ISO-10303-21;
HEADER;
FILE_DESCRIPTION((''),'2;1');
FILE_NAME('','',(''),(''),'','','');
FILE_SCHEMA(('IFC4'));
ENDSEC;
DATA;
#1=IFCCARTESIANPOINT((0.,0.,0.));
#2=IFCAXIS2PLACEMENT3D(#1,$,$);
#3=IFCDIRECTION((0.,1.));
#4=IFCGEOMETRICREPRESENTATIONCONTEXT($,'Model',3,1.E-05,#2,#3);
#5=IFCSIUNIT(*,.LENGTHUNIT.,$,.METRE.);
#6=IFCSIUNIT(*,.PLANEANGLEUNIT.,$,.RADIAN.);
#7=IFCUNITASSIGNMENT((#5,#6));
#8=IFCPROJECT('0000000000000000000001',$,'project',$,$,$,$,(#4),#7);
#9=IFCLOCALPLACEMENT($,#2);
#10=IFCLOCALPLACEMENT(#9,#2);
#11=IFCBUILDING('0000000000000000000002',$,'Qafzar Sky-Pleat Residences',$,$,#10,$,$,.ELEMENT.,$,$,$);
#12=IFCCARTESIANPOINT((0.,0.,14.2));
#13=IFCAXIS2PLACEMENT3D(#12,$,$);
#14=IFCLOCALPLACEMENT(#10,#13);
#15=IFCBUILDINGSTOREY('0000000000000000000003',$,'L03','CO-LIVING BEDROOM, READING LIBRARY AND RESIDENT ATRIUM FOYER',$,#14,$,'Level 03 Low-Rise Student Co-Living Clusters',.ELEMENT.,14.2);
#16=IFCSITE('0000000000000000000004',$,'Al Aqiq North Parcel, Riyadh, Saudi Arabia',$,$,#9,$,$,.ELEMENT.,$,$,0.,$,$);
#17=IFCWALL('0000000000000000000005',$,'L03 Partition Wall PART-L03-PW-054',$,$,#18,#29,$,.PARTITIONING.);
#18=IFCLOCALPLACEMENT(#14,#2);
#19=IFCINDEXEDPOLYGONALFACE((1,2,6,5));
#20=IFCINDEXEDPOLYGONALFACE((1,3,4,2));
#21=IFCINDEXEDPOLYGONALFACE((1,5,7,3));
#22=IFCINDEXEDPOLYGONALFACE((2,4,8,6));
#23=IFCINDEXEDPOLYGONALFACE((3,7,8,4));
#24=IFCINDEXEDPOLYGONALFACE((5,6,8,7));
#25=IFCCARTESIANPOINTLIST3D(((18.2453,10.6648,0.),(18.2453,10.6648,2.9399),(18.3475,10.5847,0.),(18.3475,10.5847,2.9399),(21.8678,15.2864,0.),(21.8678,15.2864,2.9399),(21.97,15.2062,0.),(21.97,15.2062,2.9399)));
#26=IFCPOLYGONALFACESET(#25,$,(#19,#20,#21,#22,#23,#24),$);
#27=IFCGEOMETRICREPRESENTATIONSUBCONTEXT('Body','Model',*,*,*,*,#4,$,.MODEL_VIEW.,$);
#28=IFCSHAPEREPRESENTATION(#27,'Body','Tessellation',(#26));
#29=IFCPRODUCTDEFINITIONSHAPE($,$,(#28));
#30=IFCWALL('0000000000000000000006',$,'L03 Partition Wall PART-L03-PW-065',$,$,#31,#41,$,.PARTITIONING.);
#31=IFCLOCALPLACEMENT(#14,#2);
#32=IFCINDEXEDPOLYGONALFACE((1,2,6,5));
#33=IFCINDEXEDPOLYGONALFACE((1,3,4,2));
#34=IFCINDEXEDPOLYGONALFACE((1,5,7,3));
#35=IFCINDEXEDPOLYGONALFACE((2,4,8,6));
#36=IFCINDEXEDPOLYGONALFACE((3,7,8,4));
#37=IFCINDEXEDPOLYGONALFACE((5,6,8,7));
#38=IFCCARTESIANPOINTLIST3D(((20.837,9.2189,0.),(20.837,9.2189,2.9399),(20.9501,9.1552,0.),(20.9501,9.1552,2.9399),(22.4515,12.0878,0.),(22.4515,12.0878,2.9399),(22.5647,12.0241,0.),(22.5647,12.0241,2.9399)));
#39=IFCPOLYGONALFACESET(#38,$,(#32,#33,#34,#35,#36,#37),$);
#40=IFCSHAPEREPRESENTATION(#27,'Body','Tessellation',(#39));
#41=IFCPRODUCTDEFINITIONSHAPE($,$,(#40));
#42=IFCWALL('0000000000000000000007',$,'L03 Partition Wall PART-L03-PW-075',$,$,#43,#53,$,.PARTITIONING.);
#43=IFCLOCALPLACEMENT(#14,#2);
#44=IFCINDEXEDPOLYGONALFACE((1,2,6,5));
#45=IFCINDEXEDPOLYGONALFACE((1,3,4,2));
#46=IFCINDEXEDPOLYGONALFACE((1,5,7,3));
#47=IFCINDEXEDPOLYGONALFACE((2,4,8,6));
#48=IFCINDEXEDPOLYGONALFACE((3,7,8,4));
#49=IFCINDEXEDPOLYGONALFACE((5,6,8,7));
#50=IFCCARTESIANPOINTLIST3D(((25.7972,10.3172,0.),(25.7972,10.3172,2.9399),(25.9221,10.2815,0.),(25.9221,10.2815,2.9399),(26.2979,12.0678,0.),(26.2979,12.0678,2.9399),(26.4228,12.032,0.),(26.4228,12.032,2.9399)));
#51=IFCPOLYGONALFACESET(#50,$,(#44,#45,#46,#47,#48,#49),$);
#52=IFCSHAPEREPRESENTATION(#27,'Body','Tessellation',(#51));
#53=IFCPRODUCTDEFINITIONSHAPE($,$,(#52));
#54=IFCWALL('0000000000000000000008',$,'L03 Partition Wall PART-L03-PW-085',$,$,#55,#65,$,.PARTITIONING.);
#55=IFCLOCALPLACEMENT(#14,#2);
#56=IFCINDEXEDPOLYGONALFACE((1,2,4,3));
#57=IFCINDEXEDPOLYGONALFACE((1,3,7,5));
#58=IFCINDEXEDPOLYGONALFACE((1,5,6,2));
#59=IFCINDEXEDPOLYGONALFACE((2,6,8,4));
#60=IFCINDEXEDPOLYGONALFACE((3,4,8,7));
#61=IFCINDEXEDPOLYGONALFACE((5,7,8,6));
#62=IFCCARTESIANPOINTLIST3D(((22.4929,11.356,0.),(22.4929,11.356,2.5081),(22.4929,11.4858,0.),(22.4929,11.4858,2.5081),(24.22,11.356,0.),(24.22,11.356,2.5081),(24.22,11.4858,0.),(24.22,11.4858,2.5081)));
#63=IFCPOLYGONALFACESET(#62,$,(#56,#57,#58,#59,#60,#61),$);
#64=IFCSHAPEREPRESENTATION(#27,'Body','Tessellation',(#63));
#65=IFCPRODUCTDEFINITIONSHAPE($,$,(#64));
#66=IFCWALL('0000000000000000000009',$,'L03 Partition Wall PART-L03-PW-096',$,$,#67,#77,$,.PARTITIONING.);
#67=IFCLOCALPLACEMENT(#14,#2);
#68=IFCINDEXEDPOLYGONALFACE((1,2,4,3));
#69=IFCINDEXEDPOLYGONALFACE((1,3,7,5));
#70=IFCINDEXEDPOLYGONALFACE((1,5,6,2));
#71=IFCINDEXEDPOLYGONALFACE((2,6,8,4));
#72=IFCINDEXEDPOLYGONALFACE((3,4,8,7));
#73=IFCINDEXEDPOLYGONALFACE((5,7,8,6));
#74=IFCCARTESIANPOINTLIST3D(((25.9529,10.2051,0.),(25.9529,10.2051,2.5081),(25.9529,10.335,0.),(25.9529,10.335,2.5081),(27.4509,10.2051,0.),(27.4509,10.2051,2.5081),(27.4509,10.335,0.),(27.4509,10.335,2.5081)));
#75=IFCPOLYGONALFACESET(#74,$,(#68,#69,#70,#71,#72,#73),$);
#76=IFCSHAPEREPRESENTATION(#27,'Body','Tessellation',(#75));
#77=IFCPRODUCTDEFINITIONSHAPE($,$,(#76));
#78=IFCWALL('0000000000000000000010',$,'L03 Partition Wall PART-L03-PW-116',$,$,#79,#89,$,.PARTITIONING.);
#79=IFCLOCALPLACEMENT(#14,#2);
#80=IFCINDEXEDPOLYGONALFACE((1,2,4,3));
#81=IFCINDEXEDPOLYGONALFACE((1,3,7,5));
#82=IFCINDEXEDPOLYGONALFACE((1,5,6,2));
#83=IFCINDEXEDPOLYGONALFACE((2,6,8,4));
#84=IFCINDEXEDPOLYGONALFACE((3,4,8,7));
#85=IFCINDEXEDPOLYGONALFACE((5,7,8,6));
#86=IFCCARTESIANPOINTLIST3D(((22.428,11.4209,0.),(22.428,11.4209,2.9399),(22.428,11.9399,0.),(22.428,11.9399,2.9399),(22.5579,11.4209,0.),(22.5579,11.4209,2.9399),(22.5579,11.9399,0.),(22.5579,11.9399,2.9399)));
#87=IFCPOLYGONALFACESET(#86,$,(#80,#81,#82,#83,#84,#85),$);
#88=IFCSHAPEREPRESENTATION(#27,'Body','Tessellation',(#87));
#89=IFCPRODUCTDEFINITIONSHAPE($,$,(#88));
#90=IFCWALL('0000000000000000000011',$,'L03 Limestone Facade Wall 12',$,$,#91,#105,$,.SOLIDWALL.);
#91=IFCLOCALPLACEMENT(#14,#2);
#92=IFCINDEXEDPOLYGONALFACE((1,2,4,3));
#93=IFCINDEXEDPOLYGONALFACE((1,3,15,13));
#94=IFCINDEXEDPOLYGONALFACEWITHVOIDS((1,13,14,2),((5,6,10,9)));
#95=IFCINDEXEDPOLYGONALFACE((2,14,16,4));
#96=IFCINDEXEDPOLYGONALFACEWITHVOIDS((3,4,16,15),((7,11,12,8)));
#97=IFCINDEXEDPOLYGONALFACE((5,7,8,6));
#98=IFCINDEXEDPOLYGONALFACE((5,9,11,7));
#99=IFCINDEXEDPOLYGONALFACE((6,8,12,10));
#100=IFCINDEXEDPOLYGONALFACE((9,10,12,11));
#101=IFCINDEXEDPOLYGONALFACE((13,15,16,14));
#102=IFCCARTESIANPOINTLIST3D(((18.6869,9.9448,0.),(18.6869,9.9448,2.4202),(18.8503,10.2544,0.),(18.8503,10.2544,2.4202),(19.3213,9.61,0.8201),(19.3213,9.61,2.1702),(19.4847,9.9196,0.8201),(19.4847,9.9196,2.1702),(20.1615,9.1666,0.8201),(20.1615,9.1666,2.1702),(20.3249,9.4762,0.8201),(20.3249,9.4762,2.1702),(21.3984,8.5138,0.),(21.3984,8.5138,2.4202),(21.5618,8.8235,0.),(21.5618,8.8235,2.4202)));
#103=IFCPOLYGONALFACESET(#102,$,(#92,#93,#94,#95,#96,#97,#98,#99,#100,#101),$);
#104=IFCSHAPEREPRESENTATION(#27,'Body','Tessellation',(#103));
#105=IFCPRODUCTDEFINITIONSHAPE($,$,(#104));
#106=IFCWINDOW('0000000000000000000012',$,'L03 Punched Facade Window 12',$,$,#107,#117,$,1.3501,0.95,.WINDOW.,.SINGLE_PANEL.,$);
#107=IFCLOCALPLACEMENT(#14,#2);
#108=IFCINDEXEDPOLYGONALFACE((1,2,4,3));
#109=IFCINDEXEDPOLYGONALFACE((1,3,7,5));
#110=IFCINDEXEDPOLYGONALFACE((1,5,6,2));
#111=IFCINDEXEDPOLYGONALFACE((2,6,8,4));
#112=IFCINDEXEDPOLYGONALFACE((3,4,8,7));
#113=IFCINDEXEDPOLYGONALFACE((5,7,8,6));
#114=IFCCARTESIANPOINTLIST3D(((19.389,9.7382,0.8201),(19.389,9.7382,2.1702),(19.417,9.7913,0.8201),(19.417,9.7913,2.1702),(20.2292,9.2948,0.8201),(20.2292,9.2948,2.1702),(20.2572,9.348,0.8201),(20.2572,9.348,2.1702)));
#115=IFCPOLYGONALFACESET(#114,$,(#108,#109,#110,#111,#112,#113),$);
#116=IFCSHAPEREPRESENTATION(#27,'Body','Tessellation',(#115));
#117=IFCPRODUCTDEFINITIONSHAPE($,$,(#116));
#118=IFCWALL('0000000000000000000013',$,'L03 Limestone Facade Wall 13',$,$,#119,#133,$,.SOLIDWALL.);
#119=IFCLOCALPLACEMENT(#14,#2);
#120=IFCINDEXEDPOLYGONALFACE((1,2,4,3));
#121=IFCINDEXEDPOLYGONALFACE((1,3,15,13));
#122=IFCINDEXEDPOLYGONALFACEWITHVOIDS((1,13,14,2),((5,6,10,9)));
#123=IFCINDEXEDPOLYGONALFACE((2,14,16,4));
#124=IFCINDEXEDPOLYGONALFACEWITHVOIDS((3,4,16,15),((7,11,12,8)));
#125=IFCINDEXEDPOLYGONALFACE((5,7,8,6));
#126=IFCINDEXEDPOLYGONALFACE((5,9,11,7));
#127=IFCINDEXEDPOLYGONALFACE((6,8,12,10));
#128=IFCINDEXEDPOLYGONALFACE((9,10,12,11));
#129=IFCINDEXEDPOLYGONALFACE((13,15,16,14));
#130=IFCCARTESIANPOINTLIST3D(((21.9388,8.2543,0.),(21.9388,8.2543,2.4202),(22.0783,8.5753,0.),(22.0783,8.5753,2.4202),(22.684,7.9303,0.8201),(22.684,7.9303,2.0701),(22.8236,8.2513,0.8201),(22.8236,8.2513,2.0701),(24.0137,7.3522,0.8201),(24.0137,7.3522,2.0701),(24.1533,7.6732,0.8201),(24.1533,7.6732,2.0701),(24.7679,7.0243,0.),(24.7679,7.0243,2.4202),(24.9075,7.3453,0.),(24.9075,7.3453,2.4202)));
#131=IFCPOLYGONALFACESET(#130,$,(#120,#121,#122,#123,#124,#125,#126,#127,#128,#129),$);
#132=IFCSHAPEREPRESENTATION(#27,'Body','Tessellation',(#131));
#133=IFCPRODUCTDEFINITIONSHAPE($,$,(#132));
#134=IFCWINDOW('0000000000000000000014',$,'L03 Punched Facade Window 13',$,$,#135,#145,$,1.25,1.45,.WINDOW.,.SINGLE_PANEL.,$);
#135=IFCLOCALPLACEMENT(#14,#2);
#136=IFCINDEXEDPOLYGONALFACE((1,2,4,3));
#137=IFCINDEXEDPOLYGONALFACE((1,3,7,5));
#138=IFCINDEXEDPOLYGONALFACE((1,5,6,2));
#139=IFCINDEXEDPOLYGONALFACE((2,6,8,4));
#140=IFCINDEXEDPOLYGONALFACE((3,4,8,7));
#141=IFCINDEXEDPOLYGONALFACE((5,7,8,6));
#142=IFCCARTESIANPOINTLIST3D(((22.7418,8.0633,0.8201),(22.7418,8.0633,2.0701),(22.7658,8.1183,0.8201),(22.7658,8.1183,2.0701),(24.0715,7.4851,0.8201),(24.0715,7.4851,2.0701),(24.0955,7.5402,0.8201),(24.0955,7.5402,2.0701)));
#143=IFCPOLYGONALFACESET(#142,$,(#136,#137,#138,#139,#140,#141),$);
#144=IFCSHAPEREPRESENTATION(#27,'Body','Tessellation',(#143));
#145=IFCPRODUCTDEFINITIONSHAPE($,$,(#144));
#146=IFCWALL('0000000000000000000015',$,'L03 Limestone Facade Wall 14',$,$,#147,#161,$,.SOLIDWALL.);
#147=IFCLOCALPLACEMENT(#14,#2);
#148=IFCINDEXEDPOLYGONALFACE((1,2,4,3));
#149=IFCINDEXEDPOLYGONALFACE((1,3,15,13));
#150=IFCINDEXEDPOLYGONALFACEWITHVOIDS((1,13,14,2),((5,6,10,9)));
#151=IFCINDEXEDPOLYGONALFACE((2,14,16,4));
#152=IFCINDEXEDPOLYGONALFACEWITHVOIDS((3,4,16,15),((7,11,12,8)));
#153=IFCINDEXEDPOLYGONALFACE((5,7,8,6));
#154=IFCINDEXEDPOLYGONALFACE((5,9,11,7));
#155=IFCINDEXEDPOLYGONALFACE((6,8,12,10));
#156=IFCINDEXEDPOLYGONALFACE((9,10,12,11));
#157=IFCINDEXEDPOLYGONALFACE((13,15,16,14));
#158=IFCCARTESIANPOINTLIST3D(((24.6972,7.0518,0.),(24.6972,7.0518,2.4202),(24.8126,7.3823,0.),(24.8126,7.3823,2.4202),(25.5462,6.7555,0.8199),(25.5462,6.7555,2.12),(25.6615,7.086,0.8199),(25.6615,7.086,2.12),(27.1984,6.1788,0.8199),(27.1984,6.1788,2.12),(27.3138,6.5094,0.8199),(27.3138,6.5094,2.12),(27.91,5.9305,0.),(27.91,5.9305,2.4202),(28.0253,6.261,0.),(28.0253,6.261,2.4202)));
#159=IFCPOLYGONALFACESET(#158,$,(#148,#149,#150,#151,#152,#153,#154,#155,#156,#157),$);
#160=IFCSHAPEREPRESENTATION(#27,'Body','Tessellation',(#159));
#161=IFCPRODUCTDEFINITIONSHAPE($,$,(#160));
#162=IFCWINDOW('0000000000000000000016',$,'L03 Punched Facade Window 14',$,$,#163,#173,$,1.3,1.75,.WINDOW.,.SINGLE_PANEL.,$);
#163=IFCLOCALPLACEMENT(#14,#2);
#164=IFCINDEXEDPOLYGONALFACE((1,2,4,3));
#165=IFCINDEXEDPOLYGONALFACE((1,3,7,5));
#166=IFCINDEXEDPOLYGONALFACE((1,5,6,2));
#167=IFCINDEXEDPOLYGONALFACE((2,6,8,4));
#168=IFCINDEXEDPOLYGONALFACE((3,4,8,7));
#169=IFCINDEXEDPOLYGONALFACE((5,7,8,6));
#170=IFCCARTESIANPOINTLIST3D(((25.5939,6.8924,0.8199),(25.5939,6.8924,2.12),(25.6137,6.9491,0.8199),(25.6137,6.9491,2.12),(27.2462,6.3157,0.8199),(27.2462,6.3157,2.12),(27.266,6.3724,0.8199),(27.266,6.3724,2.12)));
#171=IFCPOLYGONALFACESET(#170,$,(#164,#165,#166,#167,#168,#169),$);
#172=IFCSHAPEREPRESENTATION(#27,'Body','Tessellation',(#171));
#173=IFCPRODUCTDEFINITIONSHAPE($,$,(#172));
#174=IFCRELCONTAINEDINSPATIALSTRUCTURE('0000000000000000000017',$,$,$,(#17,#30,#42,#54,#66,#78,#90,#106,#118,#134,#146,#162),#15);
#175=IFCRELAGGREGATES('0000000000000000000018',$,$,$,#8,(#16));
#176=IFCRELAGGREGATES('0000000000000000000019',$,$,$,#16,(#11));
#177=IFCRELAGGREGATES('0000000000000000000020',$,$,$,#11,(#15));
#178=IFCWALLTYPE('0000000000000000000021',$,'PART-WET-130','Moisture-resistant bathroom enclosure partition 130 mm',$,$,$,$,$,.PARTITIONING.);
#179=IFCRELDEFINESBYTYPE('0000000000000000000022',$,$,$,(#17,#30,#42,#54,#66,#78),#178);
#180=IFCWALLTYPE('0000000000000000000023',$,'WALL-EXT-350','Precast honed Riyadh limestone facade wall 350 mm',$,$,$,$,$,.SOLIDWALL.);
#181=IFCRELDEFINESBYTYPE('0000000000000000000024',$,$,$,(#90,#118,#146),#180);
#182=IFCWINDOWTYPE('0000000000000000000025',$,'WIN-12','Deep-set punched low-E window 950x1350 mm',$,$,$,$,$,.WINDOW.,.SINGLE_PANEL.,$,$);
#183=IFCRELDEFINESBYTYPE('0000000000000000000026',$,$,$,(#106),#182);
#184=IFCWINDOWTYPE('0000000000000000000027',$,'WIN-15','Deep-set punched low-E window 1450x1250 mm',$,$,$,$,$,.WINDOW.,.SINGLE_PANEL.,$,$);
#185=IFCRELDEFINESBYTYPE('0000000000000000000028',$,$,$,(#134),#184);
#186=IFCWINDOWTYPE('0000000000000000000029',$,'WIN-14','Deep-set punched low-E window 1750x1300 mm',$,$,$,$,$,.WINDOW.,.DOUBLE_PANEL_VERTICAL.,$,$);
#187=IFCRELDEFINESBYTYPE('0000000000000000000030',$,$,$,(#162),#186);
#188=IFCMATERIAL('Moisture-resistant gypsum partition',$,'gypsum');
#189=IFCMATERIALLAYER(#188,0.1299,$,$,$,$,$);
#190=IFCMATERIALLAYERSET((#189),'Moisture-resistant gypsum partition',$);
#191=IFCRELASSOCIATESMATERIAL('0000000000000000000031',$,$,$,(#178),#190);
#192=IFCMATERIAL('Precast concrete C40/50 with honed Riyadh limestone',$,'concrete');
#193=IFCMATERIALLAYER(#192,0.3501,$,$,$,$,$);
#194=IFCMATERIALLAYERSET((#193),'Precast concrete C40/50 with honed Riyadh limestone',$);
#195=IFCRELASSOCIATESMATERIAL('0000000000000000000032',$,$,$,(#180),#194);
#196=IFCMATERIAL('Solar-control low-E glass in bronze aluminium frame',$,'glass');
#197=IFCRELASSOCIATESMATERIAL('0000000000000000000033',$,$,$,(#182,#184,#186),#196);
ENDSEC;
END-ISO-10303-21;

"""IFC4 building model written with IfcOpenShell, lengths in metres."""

from ifc_helpers import new_model, si_unit, direction, frame, frame_2d, origin, place, context, subcontext, project, spatial, rectangle, extrude, source, transform, mapped, material, layer, layer_set, type_object, element, fill, save


model = new_model("IFC4")

# Units and contexts
model_context = context("Model", 3, precision=1e-05, world=origin(), true_north=direction((0.0, 1.0)))
body_context = subcontext(model_context, "Body", "Model", "MODEL_VIEW")
ifc_project = project(units=[si_unit("LENGTHUNIT", "METRE"), si_unit("PLANEANGLEUNIT", "RADIAN")], contexts=[model_context])

# Site, building, storey
site_placement = place(None, origin())
site = spatial("IfcSite", under=ifc_project, at=site_placement, Name="Al Aqiq North Parcel, Riyadh, Saudi Arabia", CompositionType="ELEMENT", RefElevation=0.0)
building_placement = place(site_placement, origin())
building = spatial("IfcBuilding", under=site, at=building_placement, Name="Qafzar Sky-Pleat Residences", CompositionType="ELEMENT")
storey_placement = place(building_placement, frame((0.0, 0.0, 14.2)))
storey = spatial("IfcBuildingStorey", under=building, at=storey_placement, Name="L03", Description="CO-LIVING BEDROOM, READING LIBRARY AND RESIDENT ATRIUM FOYER", LongName="Level 03 Low-Rise Student Co-Living Clusters", CompositionType="ELEMENT", Elevation=14.2)

# Shared definitions
ifc_material_1 = material(Name="Moisture-resistant gypsum partition", Category="gypsum")
ifc_layer_1 = layer(ifc_material_1, 0.1299)
ifc_layer_set_1 = layer_set([ifc_layer_1], Name="Moisture-resistant gypsum partition")
wall_type_1 = type_object("IfcWallType", Name="PART-WET-130", Description="Moisture-resistant bathroom enclosure partition 130 mm", PredefinedType="PARTITIONING", material=ifc_layer_set_1)

# Walls
wall_1_placement = place(storey_placement, frame((18.2964, 10.6248, 0.0), z_axis=(0.0, 0.0, 1.0), x_axis=(0.616907, 0.787036, 0.0)))
element("IfcWall", 1, at=wall_1_placement, inside=storey, type_object=wall_type_1, Name="L03 Partition Wall PART-L03-PW-054", PredefinedType="PARTITIONING", context=body_context, shape_type="SweptSolid", body=[
    extrude(rectangle(XDim=5.8721, YDim=0.1299, at=frame_2d((2.936, 0.0))), origin(), (0.0, 0.0, 1.0), 2.9399),
])
wall_2_placement = place(storey_placement, frame((20.8936, 9.187, 0.0), z_axis=(0.0, 0.0, 1.0), x_axis=(0.490434, 0.871478, 0.0)))
element("IfcWall", 2, at=wall_2_placement, inside=storey, type_object=wall_type_1, Name="L03 Partition Wall PART-L03-PW-065", PredefinedType="PARTITIONING", context=body_context, shape_type="SweptSolid", body=[
    extrude(rectangle(XDim=3.292, YDim=0.1299, at=frame_2d((1.646, 0.0))), origin(), (0.0, 0.0, 1.0), 2.9399),
])
wall_3_placement = place(storey_placement, frame((25.8596, 10.2993, 0.0), z_axis=(0.0, 0.0, 1.0), x_axis=(0.275022, 0.961438, 0.0)))
element("IfcWall", 3, at=wall_3_placement, inside=storey, type_object=wall_type_1, Name="L03 Partition Wall PART-L03-PW-075", PredefinedType="PARTITIONING", context=body_context, shape_type="SweptSolid", body=[
    extrude(rectangle(XDim=1.8208, YDim=0.1299, at=frame_2d((0.9104, 0.0))), origin(), (0.0, 0.0, 1.0), 2.9399),
])
wall_4_placement = place(storey_placement, frame((22.4929, 11.4209, 0.0), z_axis=(0.0, 0.0, 1.0), x_axis=(1.0, 0.0, 0.0)))
element("IfcWall", 4, at=wall_4_placement, inside=storey, type_object=wall_type_1, Name="L03 Partition Wall PART-L03-PW-085", PredefinedType="PARTITIONING", context=body_context, shape_type="SweptSolid", body=[
    extrude(rectangle(XDim=1.7271, YDim=0.1299, at=frame_2d((0.8635, 0.0))), origin(), (0.0, 0.0, 1.0), 2.5081),
])
wall_5_placement = place(storey_placement, frame((25.9529, 10.27, 0.0), z_axis=(0.0, 0.0, 1.0), x_axis=(1.0, 0.0, 0.0)))
element("IfcWall", 5, at=wall_5_placement, inside=storey, type_object=wall_type_1, Name="L03 Partition Wall PART-L03-PW-096", PredefinedType="PARTITIONING", context=body_context, shape_type="SweptSolid", body=[
    extrude(rectangle(XDim=1.498, YDim=0.1299, at=frame_2d((0.749, 0.0))), origin(), (0.0, 0.0, 1.0), 2.5081),
])
wall_6_placement = place(storey_placement, frame((22.4929, 11.4209, 0.0), z_axis=(0.0, 0.0, 1.0), x_axis=(0.0, 1.0, 0.0)))
element("IfcWall", 6, at=wall_6_placement, inside=storey, type_object=wall_type_1, Name="L03 Partition Wall PART-L03-PW-116", PredefinedType="PARTITIONING", context=body_context, shape_type="SweptSolid", body=[
    extrude(rectangle(XDim=0.519, YDim=0.1299, at=frame_2d((0.2595, 0.0))), origin(), (0.0, 0.0, 1.0), 2.9399),
])

# Walls, openings, windows
ifc_material_2 = material(Name="Precast concrete C40/50 with honed Riyadh limestone", Category="concrete")
ifc_layer_2 = layer(ifc_material_2, 0.3501)
ifc_layer_set_2 = layer_set([ifc_layer_2], Name="Precast concrete C40/50 with honed Riyadh limestone")
wall_type_2 = type_object("IfcWallType", Name="WALL-EXT-350", Description="Precast honed Riyadh limestone facade wall 350 mm", PredefinedType="SOLIDWALL", material=ifc_layer_set_2)
wall_7_placement = place(storey_placement, frame((18.7686, 10.0996, 0.0), z_axis=(0.0, 0.0, 1.0), x_axis=(0.884401, -0.466727, 0.0)))
wall_7 = element("IfcWall", 7, at=wall_7_placement, inside=storey, type_object=wall_type_2, Name="L03 Limestone Facade Wall 12", PredefinedType="SOLIDWALL", context=body_context, shape_type="SweptSolid", body=[
    extrude(rectangle(XDim=3.0659, YDim=0.3501, at=frame_2d((1.533, 0.0))), origin(), (0.0, 0.0, 1.0), 2.4202),
])
opening_1_placement = place(wall_7_placement, frame((0.7173, 0.0, 0.8201)))
opening_1 = element("IfcOpeningElement", 8, at=opening_1_placement, cuts=wall_7, PredefinedType="OPENING", context=body_context, shape_type="SweptSolid", body=[
    extrude(rectangle(XDim=0.95, YDim=1.3501, at=frame_2d((0.4751, 0.675))), frame((0.0, 0.1851, 0.0), z_axis=(0.0, -1.0, 0.0), x_axis=(1.0, 0.0, 0.0)), (0.0, 0.0, 1.0), 0.3701),
])
ifc_material_3 = material(Name="Solar-control low-E glass in bronze aluminium frame", Category="glass")
window_type_1 = type_object("IfcWindowType", Name="WIN-12", Description="Deep-set punched low-E window 950x1350 mm", PartitioningType="SINGLE_PANEL", PredefinedType="WINDOW", material=ifc_material_3)
shared_shape_1 = source(origin(), body_context, "Body", "SweptSolid", [
    extrude(rectangle(XDim=0.95, YDim=1.3501, at=frame_2d((0.4751, 0.675))), frame((0.0, 0.03, 0.0), z_axis=(0.0, -1.0, 0.0), x_axis=(1.0, 0.0, 0.0)), (0.0, 0.0, 1.0), 0.0601),
])
window_1_placement = place(opening_1_placement, origin())
window_1 = element("IfcWindow", 9, at=window_1_placement, inside=storey, type_object=window_type_1, Name="L03 Punched Facade Window 12", OverallHeight=1.3501, OverallWidth=0.95, PartitioningType="SINGLE_PANEL", PredefinedType="WINDOW", context=body_context, shape_type="MappedRepresentation", body=[
    mapped(shared_shape_1, transform((0.0, 0.0, 0.0), x_axis=(1.0, 0.0, 0.0), y_axis=(0.0, 1.0, 0.0), z_axis=(0.0, 0.0, 1.0), scale=1.0)),
])
fill(opening_1, window_1)
wall_8_placement = place(storey_placement, frame((22.0085, 8.4148, 0.0), z_axis=(0.0, 0.0, 1.0), x_axis=(0.917078, -0.398709, 0.0)))
wall_8 = element("IfcWall", 10, at=wall_8_placement, inside=storey, type_object=wall_type_2, Name="L03 Limestone Facade Wall 13", PredefinedType="SOLIDWALL", context=body_context, shape_type="SweptSolid", body=[
    extrude(rectangle(XDim=3.085, YDim=0.3501, at=frame_2d((1.5425, 0.0))), origin(), (0.0, 0.0, 1.0), 2.4202),
])
opening_2_placement = place(wall_8_placement, frame((0.8125, 0.0, 0.8201)))
opening_2 = element("IfcOpeningElement", 11, at=opening_2_placement, cuts=wall_8, PredefinedType="OPENING", context=body_context, shape_type="SweptSolid", body=[
    extrude(rectangle(XDim=1.45, YDim=1.25, at=frame_2d((0.7251, 0.625))), frame((0.0, 0.1851, 0.0), z_axis=(0.0, -1.0, 0.0), x_axis=(1.0, 0.0, 0.0)), (0.0, 0.0, 1.0), 0.3701),
])
window_type_2 = type_object("IfcWindowType", Name="WIN-15", Description="Deep-set punched low-E window 1450x1250 mm", PartitioningType="SINGLE_PANEL", PredefinedType="WINDOW", material=ifc_material_3)
shared_shape_2 = source(origin(), body_context, "Body", "SweptSolid", [
    extrude(rectangle(XDim=1.45, YDim=1.25, at=frame_2d((0.7251, 0.625))), frame((0.0, 0.03, 0.0), z_axis=(0.0, -1.0, 0.0), x_axis=(1.0, 0.0, 0.0)), (0.0, 0.0, 1.0), 0.0601),
])
window_2_placement = place(opening_2_placement, origin())
window_2 = element("IfcWindow", 12, at=window_2_placement, inside=storey, type_object=window_type_2, Name="L03 Punched Facade Window 13", OverallHeight=1.25, OverallWidth=1.45, PartitioningType="SINGLE_PANEL", PredefinedType="WINDOW", context=body_context, shape_type="MappedRepresentation", body=[
    mapped(shared_shape_2, transform((0.0, 0.0, 0.0), x_axis=(1.0, 0.0, 0.0), y_axis=(0.0, 1.0, 0.0), z_axis=(0.0, 0.0, 1.0), scale=1.0)),
])
fill(opening_2, window_2)
wall_9_placement = place(storey_placement, frame((24.7549, 7.217, 0.0), z_axis=(0.0, 0.0, 1.0), x_axis=(0.944149, -0.329519, 0.0)))
wall_9 = element("IfcWall", 13, at=wall_9_placement, inside=storey, type_object=wall_type_2, Name="L03 Limestone Facade Wall 14", PredefinedType="SOLIDWALL", context=body_context, shape_type="SweptSolid", body=[
    extrude(rectangle(XDim=3.4028, YDim=0.3501, at=frame_2d((1.7014, 0.0))), origin(), (0.0, 0.0, 1.0), 2.4202),
])
opening_3_placement = place(wall_9_placement, frame((0.8992, 0.0, 0.8201)))
opening_3 = element("IfcOpeningElement", 14, at=opening_3_placement, cuts=wall_9, PredefinedType="OPENING", context=body_context, shape_type="SweptSolid", body=[
    extrude(rectangle(XDim=1.75, YDim=1.3, at=frame_2d((0.875, 0.6499))), frame((0.0, 0.1851, 0.0), z_axis=(0.0, -1.0, 0.0), x_axis=(1.0, 0.0, 0.0)), (0.0, 0.0, 1.0), 0.3701),
])
window_type_3 = type_object("IfcWindowType", Name="WIN-14", Description="Deep-set punched low-E window 1750x1300 mm", PartitioningType="DOUBLE_PANEL_VERTICAL", PredefinedType="WINDOW", material=ifc_material_3)
shared_shape_3 = source(origin(), body_context, "Body", "SweptSolid", [
    extrude(rectangle(XDim=1.75, YDim=1.3, at=frame_2d((0.875, 0.6499))), frame((0.0, 0.03, 0.0), z_axis=(0.0, -1.0, 0.0), x_axis=(1.0, 0.0, 0.0)), (0.0, 0.0, 1.0), 0.0601),
])
window_3_placement = place(opening_3_placement, origin())
window_3 = element("IfcWindow", 15, at=window_3_placement, inside=storey, type_object=window_type_3, Name="L03 Punched Facade Window 14", OverallHeight=1.3, OverallWidth=1.75, PartitioningType="SINGLE_PANEL", PredefinedType="WINDOW", context=body_context, shape_type="MappedRepresentation", body=[
    mapped(shared_shape_3, transform((0.0, 0.0, 0.0), x_axis=(1.0, 0.0, 0.0), y_axis=(0.0, 1.0, 0.0), z_axis=(0.0, 0.0, 1.0), scale=1.0)),
])
fill(opening_3, window_3)

save(model, "model.ifc")
